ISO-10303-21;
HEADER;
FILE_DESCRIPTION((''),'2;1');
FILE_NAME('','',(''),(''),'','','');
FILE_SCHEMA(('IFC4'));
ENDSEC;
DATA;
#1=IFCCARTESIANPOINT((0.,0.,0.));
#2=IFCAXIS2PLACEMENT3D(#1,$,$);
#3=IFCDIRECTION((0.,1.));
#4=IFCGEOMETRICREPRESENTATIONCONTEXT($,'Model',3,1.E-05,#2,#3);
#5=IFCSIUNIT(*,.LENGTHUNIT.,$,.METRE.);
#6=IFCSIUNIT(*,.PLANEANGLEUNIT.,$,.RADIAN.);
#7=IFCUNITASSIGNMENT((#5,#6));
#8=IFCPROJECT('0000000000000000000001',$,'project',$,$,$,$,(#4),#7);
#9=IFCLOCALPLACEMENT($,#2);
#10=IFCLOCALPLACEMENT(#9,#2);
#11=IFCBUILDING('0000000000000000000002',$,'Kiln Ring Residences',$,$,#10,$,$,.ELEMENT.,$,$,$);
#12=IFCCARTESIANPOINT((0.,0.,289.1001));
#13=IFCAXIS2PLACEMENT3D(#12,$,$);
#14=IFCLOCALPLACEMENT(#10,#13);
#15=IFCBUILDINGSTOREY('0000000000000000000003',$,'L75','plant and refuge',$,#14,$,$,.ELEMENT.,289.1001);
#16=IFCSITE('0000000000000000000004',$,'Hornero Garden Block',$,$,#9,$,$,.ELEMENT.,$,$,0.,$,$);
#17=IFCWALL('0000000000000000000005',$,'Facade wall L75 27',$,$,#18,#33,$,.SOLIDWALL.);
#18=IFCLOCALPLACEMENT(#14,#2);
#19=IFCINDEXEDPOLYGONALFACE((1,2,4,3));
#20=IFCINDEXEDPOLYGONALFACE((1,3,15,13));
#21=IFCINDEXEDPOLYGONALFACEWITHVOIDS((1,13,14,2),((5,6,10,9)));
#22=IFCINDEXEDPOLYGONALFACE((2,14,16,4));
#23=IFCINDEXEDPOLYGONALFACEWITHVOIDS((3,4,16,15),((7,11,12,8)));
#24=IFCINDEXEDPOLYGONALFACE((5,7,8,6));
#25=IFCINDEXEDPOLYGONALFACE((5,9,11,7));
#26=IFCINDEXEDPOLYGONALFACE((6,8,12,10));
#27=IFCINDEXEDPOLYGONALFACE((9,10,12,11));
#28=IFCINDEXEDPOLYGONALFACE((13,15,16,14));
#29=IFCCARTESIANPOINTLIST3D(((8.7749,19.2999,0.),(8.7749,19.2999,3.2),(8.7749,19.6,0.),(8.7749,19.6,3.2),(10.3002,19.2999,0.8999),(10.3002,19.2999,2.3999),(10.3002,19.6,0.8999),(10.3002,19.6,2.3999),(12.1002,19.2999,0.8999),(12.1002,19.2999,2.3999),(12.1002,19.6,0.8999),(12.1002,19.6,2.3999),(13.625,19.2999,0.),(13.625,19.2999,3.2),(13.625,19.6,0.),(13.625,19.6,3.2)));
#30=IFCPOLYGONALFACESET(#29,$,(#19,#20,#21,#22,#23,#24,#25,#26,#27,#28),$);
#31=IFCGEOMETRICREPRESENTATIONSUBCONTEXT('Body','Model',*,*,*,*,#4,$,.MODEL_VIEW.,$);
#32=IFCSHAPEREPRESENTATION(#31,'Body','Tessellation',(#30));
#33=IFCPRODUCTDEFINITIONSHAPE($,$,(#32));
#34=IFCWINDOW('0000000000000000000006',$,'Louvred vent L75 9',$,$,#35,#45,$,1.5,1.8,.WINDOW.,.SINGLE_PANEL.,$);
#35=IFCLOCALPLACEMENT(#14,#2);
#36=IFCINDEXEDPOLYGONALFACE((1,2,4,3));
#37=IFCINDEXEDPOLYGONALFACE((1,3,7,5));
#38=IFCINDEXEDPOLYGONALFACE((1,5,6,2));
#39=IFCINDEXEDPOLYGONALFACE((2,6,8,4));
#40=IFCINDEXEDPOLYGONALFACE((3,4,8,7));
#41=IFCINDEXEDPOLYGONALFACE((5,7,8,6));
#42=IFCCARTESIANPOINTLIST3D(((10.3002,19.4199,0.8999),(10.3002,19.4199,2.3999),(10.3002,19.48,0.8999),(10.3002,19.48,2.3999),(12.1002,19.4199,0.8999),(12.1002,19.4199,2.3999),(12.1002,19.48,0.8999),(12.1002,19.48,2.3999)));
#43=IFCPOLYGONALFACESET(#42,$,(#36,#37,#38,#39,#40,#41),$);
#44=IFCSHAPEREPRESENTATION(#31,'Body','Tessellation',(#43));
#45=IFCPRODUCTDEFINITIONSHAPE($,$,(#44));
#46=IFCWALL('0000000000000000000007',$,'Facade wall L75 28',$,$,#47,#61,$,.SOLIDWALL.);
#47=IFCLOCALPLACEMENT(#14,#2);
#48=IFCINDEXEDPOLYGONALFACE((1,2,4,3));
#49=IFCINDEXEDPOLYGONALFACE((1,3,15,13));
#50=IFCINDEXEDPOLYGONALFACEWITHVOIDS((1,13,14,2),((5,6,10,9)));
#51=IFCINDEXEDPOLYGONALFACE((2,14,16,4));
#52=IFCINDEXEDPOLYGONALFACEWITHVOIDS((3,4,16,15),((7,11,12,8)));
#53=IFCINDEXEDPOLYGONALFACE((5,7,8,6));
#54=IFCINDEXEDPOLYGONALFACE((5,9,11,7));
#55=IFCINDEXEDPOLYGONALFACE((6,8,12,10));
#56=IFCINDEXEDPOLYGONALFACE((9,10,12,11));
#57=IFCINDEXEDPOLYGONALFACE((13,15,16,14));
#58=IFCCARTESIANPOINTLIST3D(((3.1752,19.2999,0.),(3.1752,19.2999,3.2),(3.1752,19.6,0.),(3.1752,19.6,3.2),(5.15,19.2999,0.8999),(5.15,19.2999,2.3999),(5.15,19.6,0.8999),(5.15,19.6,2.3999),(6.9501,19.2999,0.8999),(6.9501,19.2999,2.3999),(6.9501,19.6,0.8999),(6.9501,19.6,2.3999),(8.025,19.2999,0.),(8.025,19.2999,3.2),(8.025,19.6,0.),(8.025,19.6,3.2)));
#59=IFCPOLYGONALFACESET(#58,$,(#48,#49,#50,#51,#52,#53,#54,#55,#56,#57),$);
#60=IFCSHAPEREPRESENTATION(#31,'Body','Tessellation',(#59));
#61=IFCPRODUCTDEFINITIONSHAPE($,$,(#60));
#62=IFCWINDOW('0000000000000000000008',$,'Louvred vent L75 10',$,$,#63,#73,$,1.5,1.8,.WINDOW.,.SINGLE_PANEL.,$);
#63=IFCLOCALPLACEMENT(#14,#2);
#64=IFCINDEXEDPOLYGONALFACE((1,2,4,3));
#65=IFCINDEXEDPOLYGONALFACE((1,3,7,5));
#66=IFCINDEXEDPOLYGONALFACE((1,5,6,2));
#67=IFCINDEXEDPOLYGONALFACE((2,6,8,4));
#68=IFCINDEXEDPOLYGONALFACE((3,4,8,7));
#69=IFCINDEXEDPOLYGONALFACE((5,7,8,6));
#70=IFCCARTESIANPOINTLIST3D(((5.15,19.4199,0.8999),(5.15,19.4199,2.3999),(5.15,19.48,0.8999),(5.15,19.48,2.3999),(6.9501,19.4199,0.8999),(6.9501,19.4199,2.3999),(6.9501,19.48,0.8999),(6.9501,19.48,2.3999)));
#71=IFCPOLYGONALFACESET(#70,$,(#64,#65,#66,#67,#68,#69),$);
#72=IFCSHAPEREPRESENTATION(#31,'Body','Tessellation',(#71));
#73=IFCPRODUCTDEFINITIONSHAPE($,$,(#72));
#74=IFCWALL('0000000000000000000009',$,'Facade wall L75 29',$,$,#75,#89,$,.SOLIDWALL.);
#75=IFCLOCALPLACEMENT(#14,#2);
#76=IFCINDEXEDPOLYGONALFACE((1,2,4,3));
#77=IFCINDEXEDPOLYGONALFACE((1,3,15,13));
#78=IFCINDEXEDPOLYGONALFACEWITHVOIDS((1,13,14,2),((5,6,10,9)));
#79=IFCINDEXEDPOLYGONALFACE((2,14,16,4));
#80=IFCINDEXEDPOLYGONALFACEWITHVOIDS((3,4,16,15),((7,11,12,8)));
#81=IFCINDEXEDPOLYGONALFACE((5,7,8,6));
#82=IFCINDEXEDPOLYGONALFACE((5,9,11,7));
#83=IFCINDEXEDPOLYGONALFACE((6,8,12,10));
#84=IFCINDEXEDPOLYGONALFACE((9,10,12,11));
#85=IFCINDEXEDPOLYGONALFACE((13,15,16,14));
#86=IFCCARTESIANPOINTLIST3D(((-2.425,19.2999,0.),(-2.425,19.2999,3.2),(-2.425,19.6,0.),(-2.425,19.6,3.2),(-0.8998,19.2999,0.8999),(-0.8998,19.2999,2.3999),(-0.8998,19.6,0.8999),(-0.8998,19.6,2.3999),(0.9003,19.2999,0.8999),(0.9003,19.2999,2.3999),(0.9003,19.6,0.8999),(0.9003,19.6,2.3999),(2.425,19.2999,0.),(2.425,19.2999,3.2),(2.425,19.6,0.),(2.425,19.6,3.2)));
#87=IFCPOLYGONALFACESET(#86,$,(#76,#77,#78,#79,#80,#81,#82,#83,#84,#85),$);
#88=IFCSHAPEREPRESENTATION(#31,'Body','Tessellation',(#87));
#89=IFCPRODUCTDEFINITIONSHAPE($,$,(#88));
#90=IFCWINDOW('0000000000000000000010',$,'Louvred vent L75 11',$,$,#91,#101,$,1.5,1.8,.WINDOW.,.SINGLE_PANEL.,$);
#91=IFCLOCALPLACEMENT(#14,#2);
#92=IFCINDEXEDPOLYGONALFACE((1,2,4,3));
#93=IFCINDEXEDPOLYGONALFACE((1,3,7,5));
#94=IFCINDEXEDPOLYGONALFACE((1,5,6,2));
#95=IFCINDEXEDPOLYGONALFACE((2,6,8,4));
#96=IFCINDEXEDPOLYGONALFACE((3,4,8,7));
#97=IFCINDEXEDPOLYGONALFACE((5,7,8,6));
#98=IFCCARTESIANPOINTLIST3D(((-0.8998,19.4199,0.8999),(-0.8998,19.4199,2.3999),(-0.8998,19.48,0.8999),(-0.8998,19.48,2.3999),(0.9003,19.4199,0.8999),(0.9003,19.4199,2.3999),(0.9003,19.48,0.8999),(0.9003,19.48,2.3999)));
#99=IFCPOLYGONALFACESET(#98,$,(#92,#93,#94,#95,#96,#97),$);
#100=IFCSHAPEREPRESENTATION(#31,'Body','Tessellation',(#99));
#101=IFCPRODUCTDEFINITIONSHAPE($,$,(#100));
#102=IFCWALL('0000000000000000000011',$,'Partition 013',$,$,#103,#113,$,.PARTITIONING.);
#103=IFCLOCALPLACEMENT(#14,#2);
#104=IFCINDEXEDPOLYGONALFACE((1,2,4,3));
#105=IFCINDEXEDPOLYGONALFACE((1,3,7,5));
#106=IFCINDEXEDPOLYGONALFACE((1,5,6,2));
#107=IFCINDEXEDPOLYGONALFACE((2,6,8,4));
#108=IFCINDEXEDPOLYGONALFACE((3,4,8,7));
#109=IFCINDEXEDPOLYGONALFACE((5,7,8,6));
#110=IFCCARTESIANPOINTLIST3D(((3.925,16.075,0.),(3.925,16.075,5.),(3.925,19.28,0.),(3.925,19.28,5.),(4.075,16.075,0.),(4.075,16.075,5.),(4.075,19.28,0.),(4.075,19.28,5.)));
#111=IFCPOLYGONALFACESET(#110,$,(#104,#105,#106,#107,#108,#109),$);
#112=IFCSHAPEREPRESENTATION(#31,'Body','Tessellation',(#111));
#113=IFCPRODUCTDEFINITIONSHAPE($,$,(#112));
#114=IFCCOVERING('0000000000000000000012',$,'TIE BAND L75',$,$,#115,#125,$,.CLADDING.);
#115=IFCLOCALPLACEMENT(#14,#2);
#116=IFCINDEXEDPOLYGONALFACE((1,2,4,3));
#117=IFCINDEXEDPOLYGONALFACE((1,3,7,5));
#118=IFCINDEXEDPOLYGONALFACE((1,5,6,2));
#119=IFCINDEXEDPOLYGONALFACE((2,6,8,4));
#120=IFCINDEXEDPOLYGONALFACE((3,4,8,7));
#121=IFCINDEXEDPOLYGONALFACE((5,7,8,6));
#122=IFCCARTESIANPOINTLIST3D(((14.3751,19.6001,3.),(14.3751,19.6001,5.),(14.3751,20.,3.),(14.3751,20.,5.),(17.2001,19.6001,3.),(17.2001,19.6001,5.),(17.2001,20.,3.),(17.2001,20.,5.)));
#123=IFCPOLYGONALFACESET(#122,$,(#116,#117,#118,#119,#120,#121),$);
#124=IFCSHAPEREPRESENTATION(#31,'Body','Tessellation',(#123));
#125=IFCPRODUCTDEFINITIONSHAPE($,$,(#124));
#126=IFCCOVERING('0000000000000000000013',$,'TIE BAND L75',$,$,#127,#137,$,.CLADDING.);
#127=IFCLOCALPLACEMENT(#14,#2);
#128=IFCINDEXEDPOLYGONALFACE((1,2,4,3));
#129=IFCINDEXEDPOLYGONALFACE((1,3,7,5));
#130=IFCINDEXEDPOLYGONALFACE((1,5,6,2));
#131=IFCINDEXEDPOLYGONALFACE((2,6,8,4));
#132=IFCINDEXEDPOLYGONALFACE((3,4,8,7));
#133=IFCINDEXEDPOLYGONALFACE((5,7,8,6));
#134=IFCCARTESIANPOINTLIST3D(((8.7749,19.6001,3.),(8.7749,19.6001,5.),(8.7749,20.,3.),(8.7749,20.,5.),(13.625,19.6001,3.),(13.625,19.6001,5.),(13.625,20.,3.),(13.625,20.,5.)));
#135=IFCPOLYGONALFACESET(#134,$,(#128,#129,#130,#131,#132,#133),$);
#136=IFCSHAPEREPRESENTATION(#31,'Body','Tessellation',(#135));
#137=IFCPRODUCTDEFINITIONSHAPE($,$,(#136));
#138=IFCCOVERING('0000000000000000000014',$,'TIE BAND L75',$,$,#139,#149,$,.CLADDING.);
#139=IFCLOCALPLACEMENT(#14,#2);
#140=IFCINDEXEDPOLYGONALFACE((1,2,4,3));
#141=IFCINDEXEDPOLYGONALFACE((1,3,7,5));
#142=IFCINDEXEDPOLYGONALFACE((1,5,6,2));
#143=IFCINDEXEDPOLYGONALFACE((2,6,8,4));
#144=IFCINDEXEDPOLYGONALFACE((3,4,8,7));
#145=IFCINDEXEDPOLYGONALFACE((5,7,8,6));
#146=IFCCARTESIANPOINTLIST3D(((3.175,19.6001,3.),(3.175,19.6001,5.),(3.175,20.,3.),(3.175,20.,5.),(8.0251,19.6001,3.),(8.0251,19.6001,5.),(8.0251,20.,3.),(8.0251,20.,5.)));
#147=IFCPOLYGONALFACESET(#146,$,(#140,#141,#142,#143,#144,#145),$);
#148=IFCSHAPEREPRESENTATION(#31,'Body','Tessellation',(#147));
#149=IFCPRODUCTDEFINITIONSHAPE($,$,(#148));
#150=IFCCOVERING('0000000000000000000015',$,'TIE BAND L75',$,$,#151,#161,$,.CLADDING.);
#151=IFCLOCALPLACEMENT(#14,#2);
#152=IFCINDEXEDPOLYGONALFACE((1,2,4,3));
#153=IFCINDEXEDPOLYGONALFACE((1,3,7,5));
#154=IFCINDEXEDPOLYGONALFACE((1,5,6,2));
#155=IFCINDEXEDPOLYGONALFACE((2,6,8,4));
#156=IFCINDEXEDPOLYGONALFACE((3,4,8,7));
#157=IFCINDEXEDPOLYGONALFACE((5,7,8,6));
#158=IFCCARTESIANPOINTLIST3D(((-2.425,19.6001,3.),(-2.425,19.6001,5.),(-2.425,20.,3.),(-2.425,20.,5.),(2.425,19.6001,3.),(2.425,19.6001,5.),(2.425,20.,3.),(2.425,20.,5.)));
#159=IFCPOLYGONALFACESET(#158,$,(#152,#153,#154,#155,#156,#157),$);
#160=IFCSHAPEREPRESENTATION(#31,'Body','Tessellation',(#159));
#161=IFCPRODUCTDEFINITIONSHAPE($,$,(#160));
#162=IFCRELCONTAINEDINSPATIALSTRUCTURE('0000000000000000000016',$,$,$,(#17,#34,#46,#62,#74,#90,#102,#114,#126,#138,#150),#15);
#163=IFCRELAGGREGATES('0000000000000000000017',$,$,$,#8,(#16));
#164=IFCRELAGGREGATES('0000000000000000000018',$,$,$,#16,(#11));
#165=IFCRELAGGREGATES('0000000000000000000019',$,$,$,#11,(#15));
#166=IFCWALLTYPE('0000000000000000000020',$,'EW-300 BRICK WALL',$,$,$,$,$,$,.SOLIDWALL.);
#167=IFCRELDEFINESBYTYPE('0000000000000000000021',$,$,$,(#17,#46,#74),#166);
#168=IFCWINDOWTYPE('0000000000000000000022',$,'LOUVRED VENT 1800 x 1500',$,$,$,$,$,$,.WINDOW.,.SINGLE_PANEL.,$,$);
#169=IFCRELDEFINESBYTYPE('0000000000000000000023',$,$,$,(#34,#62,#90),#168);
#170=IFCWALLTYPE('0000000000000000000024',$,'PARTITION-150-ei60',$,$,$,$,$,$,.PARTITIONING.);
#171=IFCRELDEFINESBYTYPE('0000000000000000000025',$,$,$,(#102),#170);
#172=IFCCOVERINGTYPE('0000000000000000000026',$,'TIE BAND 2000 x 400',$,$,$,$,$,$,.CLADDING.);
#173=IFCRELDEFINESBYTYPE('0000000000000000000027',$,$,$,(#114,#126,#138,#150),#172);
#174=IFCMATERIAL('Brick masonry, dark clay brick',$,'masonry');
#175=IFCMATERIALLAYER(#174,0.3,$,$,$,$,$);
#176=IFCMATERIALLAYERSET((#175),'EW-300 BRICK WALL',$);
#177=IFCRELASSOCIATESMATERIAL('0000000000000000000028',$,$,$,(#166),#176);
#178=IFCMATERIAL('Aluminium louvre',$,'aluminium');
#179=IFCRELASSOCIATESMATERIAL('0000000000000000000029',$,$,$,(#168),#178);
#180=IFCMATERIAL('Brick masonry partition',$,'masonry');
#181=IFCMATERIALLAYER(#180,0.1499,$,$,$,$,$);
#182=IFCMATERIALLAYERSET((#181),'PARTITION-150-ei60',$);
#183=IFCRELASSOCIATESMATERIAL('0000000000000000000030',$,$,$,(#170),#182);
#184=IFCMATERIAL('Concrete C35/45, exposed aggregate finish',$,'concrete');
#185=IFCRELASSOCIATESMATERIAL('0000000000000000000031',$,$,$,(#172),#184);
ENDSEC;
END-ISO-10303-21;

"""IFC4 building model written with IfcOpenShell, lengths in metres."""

from ifc_helpers import new_model, si_unit, direction, frame, frame_2d, origin, origin_2d, place, context, subcontext, project, spatial, rectangle, extrude, material, layer, layer_set, type_object, element, fill, save


model = new_model("IFC4")

# Units and contexts
model_context = context("Model", 3, precision=1e-05, world=origin(), true_north=direction((0.0, 1.0)))
body_context = subcontext(model_context, "Body", "Model", "MODEL_VIEW")
ifc_project = project(units=[si_unit("LENGTHUNIT", "METRE"), si_unit("PLANEANGLEUNIT", "RADIAN")], contexts=[model_context])

# Site, building, storey
site_placement = place(None, origin())
site = spatial("IfcSite", under=ifc_project, at=site_placement, Name="Hornero Garden Block", CompositionType="ELEMENT", RefElevation=0.0)
building_placement = place(site_placement, origin())
building = spatial("IfcBuilding", under=site, at=building_placement, Name="Kiln Ring Residences", CompositionType="ELEMENT")
storey_placement = place(building_placement, frame((0.0, 0.0, 289.1001)))
storey = spatial("IfcBuildingStorey", under=building, at=storey_placement, Name="L75", Description="plant and refuge", CompositionType="ELEMENT", Elevation=289.1001)

# Walls, openings, windows
ifc_material_1 = material(Name="Brick masonry, dark clay brick", Category="masonry")
ifc_layer_1 = layer(ifc_material_1, 0.3)
ifc_layer_set_1 = layer_set([ifc_layer_1], Name="EW-300 BRICK WALL")
wall_type_1 = type_object("IfcWallType", Name="EW-300 BRICK WALL", PredefinedType="SOLIDWALL", material=ifc_layer_set_1)
ifc_material_2 = material(Name="Aluminium louvre", Category="aluminium")
window_type = type_object("IfcWindowType", Name="LOUVRED VENT 1800 x 1500", PartitioningType="SINGLE_PANEL", PredefinedType="WINDOW", material=ifc_material_2)
wall_1_placement = place(storey_placement, frame((13.625, 19.45, 0.0), z_axis=(0.0, 0.0, 1.0), x_axis=(-1.0, 0.0, 0.0)))
wall_1 = element("IfcWall", 1, at=wall_1_placement, inside=storey, type_object=wall_type_1, Name="Facade wall L75 27", PredefinedType="SOLIDWALL", context=body_context, shape_type="SweptSolid", body=[
    extrude(rectangle(XDim=4.8501, YDim=0.3, at=frame_2d((2.425, 0.0))), origin(), (0.0, 0.0, 1.0), 3.2),
])
opening_1_placement = place(wall_1_placement, frame((1.5249, 0.0, 0.8999)))
opening_1 = element("IfcOpeningElement", 2, at=opening_1_placement, cuts=wall_1, PredefinedType="OPENING", context=body_context, shape_type="SweptSolid", body=[
    extrude(rectangle(XDim=1.8, YDim=1.5, at=frame_2d((0.8999, 0.75))), frame((0.0, 0.1599, 0.0), z_axis=(0.0, -1.0, 0.0), x_axis=(1.0, 0.0, 0.0)), (0.0, 0.0, 1.0), 0.3201),
])
window_1_placement = place(opening_1_placement, origin())
window_1 = element("IfcWindow", 3, at=window_1_placement, inside=storey, type_object=window_type, Name="Louvred vent L75 9", OverallHeight=1.5, OverallWidth=1.8, PartitioningType="SINGLE_PANEL", PredefinedType="WINDOW", context=body_context, shape_type="SweptSolid", body=[
    extrude(rectangle(XDim=1.8, YDim=1.5, at=frame_2d((0.8999, 0.75))), frame((0.0, 0.03, 0.0), z_axis=(0.0, -1.0, 0.0), x_axis=(1.0, 0.0, 0.0)), (0.0, 0.0, 1.0), 0.0601),
])
fill(opening_1, window_1)
wall_2_placement = place(storey_placement, frame((8.0249, 19.45, 0.0), z_axis=(0.0, 0.0, 1.0), x_axis=(-1.0, 0.0, 0.0)))
wall_2 = element("IfcWall", 4, at=wall_2_placement, inside=storey, type_object=wall_type_1, Name="Facade wall L75 28", PredefinedType="SOLIDWALL", context=body_context, shape_type="SweptSolid", body=[
    extrude(rectangle(XDim=4.8499, YDim=0.3, at=frame_2d((2.4248, 0.0))), origin(), (0.0, 0.0, 1.0), 3.2),
])
opening_2_placement = place(wall_2_placement, frame((1.075, 0.0, 0.8999)))
opening_2 = element("IfcOpeningElement", 5, at=opening_2_placement, cuts=wall_2, PredefinedType="OPENING", context=body_context, shape_type="SweptSolid", body=[
    extrude(rectangle(XDim=1.8, YDim=1.5, at=frame_2d((0.8999, 0.75))), frame((0.0, 0.1599, 0.0), z_axis=(0.0, -1.0, 0.0), x_axis=(1.0, 0.0, 0.0)), (0.0, 0.0, 1.0), 0.3201),
])
window_2_placement = place(opening_2_placement, origin())
window_2 = element("IfcWindow", 6, at=window_2_placement, inside=storey, type_object=window_type, Name="Louvred vent L75 10", OverallHeight=1.5, OverallWidth=1.8, PartitioningType="SINGLE_PANEL", PredefinedType="WINDOW", context=body_context, shape_type="SweptSolid", body=[
    extrude(rectangle(XDim=1.8, YDim=1.5, at=frame_2d((0.8999, 0.75))), frame((0.0, 0.03, 0.0), z_axis=(0.0, -1.0, 0.0), x_axis=(1.0, 0.0, 0.0)), (0.0, 0.0, 1.0), 0.0601),
])
fill(opening_2, window_2)
wall_3_placement = place(storey_placement, frame((2.425, 19.45, 0.0), z_axis=(0.0, 0.0, 1.0), x_axis=(-1.0, 0.0, 0.0)))
wall_3 = element("IfcWall", 7, at=wall_3_placement, inside=storey, type_object=wall_type_1, Name="Facade wall L75 29", PredefinedType="SOLIDWALL", context=body_context, shape_type="SweptSolid", body=[
    extrude(rectangle(XDim=4.8501, YDim=0.3, at=frame_2d((2.425, 0.0))), origin(), (0.0, 0.0, 1.0), 3.2),
])
opening_3_placement = place(wall_3_placement, frame((1.5249, 0.0, 0.8999)))
opening_3 = element("IfcOpeningElement", 8, at=opening_3_placement, cuts=wall_3, PredefinedType="OPENING", context=body_context, shape_type="SweptSolid", body=[
    extrude(rectangle(XDim=1.8, YDim=1.5, at=frame_2d((0.8999, 0.75))), frame((0.0, 0.1599, 0.0), z_axis=(0.0, -1.0, 0.0), x_axis=(1.0, 0.0, 0.0)), (0.0, 0.0, 1.0), 0.3201),
])
window_3_placement = place(opening_3_placement, origin())
window_3 = element("IfcWindow", 9, at=window_3_placement, inside=storey, type_object=window_type, Name="Louvred vent L75 11", OverallHeight=1.5, OverallWidth=1.8, PartitioningType="SINGLE_PANEL", PredefinedType="WINDOW", context=body_context, shape_type="SweptSolid", body=[
    extrude(rectangle(XDim=1.8, YDim=1.5, at=frame_2d((0.8999, 0.75))), frame((0.0, 0.03, 0.0), z_axis=(0.0, -1.0, 0.0), x_axis=(1.0, 0.0, 0.0)), (0.0, 0.0, 1.0), 0.0601),
])
fill(opening_3, window_3)

# Wall
ifc_material_3 = material(Name="Brick masonry partition", Category="masonry")
ifc_layer_2 = layer(ifc_material_3, 0.1499)
ifc_layer_set_2 = layer_set([ifc_layer_2], Name="PARTITION-150-ei60")
wall_type_2 = type_object("IfcWallType", Name="PARTITION-150-ei60", PredefinedType="PARTITIONING", material=ifc_layer_set_2)
wall_4_placement = place(storey_placement, frame((4.0, 16.075, 0.0), z_axis=(0.0, 0.0, 1.0), x_axis=(0.0, 1.0, 0.0)))
element("IfcWall", 10, at=wall_4_placement, inside=storey, type_object=wall_type_2, Name="Partition 013", PredefinedType="PARTITIONING", context=body_context, shape_type="SweptSolid", body=[
    extrude(rectangle(XDim=3.2051, YDim=0.1499, at=frame_2d((1.6025, 0.0))), origin(), (0.0, 0.0, 1.0), 5.0),
])

# Coverings
ifc_material_4 = material(Name="Concrete C35/45, exposed aggregate finish", Category="concrete")
covering_type = type_object("IfcCoveringType", Name="TIE BAND 2000 x 400", PredefinedType="CLADDING", material=ifc_material_4)
covering_placement = place(storey_placement, frame((15.7876, 19.8, 3.0), z_axis=(0.0, 0.0, 1.0), x_axis=(-1.0, 0.0, 0.0)))
element("IfcCovering", 11, at=covering_placement, inside=storey, type_object=covering_type, Name="TIE BAND L75", PredefinedType="CLADDING", context=body_context, shape_type="SweptSolid", body=[
    extrude(rectangle(XDim=2.825, YDim=0.3999, at=origin_2d()), origin(), (0.0, 0.0, 1.0), 2.0),
])
for number, where, z_axis, x_axis, name in (
    (12, (11.2, 19.8, 3.0), (0.0, 0.0, 1.0), (-1.0, 0.0, 0.0), "TIE BAND L75"),
    (13, (5.6001, 19.8, 3.0), (0.0, 0.0, 1.0), (-1.0, 0.0, 0.0), "TIE BAND L75"),
    (14, (0.0, 19.8, 3.0), (0.0, 0.0, 1.0), (-1.0, 0.0, 0.0), "TIE BAND L75"),
):
    element("IfcCovering", number, at=place(storey_placement, frame(where, z_axis=z_axis, x_axis=x_axis)), inside=storey, type_object=covering_type, Name=name, PredefinedType="CLADDING", context=body_context, shape_type="SweptSolid", body=[
        extrude(rectangle(XDim=4.8501, YDim=0.3999, at=origin_2d()), origin(), (0.0, 0.0, 1.0), 2.0),
    ])

save(model, "model.ifc")
